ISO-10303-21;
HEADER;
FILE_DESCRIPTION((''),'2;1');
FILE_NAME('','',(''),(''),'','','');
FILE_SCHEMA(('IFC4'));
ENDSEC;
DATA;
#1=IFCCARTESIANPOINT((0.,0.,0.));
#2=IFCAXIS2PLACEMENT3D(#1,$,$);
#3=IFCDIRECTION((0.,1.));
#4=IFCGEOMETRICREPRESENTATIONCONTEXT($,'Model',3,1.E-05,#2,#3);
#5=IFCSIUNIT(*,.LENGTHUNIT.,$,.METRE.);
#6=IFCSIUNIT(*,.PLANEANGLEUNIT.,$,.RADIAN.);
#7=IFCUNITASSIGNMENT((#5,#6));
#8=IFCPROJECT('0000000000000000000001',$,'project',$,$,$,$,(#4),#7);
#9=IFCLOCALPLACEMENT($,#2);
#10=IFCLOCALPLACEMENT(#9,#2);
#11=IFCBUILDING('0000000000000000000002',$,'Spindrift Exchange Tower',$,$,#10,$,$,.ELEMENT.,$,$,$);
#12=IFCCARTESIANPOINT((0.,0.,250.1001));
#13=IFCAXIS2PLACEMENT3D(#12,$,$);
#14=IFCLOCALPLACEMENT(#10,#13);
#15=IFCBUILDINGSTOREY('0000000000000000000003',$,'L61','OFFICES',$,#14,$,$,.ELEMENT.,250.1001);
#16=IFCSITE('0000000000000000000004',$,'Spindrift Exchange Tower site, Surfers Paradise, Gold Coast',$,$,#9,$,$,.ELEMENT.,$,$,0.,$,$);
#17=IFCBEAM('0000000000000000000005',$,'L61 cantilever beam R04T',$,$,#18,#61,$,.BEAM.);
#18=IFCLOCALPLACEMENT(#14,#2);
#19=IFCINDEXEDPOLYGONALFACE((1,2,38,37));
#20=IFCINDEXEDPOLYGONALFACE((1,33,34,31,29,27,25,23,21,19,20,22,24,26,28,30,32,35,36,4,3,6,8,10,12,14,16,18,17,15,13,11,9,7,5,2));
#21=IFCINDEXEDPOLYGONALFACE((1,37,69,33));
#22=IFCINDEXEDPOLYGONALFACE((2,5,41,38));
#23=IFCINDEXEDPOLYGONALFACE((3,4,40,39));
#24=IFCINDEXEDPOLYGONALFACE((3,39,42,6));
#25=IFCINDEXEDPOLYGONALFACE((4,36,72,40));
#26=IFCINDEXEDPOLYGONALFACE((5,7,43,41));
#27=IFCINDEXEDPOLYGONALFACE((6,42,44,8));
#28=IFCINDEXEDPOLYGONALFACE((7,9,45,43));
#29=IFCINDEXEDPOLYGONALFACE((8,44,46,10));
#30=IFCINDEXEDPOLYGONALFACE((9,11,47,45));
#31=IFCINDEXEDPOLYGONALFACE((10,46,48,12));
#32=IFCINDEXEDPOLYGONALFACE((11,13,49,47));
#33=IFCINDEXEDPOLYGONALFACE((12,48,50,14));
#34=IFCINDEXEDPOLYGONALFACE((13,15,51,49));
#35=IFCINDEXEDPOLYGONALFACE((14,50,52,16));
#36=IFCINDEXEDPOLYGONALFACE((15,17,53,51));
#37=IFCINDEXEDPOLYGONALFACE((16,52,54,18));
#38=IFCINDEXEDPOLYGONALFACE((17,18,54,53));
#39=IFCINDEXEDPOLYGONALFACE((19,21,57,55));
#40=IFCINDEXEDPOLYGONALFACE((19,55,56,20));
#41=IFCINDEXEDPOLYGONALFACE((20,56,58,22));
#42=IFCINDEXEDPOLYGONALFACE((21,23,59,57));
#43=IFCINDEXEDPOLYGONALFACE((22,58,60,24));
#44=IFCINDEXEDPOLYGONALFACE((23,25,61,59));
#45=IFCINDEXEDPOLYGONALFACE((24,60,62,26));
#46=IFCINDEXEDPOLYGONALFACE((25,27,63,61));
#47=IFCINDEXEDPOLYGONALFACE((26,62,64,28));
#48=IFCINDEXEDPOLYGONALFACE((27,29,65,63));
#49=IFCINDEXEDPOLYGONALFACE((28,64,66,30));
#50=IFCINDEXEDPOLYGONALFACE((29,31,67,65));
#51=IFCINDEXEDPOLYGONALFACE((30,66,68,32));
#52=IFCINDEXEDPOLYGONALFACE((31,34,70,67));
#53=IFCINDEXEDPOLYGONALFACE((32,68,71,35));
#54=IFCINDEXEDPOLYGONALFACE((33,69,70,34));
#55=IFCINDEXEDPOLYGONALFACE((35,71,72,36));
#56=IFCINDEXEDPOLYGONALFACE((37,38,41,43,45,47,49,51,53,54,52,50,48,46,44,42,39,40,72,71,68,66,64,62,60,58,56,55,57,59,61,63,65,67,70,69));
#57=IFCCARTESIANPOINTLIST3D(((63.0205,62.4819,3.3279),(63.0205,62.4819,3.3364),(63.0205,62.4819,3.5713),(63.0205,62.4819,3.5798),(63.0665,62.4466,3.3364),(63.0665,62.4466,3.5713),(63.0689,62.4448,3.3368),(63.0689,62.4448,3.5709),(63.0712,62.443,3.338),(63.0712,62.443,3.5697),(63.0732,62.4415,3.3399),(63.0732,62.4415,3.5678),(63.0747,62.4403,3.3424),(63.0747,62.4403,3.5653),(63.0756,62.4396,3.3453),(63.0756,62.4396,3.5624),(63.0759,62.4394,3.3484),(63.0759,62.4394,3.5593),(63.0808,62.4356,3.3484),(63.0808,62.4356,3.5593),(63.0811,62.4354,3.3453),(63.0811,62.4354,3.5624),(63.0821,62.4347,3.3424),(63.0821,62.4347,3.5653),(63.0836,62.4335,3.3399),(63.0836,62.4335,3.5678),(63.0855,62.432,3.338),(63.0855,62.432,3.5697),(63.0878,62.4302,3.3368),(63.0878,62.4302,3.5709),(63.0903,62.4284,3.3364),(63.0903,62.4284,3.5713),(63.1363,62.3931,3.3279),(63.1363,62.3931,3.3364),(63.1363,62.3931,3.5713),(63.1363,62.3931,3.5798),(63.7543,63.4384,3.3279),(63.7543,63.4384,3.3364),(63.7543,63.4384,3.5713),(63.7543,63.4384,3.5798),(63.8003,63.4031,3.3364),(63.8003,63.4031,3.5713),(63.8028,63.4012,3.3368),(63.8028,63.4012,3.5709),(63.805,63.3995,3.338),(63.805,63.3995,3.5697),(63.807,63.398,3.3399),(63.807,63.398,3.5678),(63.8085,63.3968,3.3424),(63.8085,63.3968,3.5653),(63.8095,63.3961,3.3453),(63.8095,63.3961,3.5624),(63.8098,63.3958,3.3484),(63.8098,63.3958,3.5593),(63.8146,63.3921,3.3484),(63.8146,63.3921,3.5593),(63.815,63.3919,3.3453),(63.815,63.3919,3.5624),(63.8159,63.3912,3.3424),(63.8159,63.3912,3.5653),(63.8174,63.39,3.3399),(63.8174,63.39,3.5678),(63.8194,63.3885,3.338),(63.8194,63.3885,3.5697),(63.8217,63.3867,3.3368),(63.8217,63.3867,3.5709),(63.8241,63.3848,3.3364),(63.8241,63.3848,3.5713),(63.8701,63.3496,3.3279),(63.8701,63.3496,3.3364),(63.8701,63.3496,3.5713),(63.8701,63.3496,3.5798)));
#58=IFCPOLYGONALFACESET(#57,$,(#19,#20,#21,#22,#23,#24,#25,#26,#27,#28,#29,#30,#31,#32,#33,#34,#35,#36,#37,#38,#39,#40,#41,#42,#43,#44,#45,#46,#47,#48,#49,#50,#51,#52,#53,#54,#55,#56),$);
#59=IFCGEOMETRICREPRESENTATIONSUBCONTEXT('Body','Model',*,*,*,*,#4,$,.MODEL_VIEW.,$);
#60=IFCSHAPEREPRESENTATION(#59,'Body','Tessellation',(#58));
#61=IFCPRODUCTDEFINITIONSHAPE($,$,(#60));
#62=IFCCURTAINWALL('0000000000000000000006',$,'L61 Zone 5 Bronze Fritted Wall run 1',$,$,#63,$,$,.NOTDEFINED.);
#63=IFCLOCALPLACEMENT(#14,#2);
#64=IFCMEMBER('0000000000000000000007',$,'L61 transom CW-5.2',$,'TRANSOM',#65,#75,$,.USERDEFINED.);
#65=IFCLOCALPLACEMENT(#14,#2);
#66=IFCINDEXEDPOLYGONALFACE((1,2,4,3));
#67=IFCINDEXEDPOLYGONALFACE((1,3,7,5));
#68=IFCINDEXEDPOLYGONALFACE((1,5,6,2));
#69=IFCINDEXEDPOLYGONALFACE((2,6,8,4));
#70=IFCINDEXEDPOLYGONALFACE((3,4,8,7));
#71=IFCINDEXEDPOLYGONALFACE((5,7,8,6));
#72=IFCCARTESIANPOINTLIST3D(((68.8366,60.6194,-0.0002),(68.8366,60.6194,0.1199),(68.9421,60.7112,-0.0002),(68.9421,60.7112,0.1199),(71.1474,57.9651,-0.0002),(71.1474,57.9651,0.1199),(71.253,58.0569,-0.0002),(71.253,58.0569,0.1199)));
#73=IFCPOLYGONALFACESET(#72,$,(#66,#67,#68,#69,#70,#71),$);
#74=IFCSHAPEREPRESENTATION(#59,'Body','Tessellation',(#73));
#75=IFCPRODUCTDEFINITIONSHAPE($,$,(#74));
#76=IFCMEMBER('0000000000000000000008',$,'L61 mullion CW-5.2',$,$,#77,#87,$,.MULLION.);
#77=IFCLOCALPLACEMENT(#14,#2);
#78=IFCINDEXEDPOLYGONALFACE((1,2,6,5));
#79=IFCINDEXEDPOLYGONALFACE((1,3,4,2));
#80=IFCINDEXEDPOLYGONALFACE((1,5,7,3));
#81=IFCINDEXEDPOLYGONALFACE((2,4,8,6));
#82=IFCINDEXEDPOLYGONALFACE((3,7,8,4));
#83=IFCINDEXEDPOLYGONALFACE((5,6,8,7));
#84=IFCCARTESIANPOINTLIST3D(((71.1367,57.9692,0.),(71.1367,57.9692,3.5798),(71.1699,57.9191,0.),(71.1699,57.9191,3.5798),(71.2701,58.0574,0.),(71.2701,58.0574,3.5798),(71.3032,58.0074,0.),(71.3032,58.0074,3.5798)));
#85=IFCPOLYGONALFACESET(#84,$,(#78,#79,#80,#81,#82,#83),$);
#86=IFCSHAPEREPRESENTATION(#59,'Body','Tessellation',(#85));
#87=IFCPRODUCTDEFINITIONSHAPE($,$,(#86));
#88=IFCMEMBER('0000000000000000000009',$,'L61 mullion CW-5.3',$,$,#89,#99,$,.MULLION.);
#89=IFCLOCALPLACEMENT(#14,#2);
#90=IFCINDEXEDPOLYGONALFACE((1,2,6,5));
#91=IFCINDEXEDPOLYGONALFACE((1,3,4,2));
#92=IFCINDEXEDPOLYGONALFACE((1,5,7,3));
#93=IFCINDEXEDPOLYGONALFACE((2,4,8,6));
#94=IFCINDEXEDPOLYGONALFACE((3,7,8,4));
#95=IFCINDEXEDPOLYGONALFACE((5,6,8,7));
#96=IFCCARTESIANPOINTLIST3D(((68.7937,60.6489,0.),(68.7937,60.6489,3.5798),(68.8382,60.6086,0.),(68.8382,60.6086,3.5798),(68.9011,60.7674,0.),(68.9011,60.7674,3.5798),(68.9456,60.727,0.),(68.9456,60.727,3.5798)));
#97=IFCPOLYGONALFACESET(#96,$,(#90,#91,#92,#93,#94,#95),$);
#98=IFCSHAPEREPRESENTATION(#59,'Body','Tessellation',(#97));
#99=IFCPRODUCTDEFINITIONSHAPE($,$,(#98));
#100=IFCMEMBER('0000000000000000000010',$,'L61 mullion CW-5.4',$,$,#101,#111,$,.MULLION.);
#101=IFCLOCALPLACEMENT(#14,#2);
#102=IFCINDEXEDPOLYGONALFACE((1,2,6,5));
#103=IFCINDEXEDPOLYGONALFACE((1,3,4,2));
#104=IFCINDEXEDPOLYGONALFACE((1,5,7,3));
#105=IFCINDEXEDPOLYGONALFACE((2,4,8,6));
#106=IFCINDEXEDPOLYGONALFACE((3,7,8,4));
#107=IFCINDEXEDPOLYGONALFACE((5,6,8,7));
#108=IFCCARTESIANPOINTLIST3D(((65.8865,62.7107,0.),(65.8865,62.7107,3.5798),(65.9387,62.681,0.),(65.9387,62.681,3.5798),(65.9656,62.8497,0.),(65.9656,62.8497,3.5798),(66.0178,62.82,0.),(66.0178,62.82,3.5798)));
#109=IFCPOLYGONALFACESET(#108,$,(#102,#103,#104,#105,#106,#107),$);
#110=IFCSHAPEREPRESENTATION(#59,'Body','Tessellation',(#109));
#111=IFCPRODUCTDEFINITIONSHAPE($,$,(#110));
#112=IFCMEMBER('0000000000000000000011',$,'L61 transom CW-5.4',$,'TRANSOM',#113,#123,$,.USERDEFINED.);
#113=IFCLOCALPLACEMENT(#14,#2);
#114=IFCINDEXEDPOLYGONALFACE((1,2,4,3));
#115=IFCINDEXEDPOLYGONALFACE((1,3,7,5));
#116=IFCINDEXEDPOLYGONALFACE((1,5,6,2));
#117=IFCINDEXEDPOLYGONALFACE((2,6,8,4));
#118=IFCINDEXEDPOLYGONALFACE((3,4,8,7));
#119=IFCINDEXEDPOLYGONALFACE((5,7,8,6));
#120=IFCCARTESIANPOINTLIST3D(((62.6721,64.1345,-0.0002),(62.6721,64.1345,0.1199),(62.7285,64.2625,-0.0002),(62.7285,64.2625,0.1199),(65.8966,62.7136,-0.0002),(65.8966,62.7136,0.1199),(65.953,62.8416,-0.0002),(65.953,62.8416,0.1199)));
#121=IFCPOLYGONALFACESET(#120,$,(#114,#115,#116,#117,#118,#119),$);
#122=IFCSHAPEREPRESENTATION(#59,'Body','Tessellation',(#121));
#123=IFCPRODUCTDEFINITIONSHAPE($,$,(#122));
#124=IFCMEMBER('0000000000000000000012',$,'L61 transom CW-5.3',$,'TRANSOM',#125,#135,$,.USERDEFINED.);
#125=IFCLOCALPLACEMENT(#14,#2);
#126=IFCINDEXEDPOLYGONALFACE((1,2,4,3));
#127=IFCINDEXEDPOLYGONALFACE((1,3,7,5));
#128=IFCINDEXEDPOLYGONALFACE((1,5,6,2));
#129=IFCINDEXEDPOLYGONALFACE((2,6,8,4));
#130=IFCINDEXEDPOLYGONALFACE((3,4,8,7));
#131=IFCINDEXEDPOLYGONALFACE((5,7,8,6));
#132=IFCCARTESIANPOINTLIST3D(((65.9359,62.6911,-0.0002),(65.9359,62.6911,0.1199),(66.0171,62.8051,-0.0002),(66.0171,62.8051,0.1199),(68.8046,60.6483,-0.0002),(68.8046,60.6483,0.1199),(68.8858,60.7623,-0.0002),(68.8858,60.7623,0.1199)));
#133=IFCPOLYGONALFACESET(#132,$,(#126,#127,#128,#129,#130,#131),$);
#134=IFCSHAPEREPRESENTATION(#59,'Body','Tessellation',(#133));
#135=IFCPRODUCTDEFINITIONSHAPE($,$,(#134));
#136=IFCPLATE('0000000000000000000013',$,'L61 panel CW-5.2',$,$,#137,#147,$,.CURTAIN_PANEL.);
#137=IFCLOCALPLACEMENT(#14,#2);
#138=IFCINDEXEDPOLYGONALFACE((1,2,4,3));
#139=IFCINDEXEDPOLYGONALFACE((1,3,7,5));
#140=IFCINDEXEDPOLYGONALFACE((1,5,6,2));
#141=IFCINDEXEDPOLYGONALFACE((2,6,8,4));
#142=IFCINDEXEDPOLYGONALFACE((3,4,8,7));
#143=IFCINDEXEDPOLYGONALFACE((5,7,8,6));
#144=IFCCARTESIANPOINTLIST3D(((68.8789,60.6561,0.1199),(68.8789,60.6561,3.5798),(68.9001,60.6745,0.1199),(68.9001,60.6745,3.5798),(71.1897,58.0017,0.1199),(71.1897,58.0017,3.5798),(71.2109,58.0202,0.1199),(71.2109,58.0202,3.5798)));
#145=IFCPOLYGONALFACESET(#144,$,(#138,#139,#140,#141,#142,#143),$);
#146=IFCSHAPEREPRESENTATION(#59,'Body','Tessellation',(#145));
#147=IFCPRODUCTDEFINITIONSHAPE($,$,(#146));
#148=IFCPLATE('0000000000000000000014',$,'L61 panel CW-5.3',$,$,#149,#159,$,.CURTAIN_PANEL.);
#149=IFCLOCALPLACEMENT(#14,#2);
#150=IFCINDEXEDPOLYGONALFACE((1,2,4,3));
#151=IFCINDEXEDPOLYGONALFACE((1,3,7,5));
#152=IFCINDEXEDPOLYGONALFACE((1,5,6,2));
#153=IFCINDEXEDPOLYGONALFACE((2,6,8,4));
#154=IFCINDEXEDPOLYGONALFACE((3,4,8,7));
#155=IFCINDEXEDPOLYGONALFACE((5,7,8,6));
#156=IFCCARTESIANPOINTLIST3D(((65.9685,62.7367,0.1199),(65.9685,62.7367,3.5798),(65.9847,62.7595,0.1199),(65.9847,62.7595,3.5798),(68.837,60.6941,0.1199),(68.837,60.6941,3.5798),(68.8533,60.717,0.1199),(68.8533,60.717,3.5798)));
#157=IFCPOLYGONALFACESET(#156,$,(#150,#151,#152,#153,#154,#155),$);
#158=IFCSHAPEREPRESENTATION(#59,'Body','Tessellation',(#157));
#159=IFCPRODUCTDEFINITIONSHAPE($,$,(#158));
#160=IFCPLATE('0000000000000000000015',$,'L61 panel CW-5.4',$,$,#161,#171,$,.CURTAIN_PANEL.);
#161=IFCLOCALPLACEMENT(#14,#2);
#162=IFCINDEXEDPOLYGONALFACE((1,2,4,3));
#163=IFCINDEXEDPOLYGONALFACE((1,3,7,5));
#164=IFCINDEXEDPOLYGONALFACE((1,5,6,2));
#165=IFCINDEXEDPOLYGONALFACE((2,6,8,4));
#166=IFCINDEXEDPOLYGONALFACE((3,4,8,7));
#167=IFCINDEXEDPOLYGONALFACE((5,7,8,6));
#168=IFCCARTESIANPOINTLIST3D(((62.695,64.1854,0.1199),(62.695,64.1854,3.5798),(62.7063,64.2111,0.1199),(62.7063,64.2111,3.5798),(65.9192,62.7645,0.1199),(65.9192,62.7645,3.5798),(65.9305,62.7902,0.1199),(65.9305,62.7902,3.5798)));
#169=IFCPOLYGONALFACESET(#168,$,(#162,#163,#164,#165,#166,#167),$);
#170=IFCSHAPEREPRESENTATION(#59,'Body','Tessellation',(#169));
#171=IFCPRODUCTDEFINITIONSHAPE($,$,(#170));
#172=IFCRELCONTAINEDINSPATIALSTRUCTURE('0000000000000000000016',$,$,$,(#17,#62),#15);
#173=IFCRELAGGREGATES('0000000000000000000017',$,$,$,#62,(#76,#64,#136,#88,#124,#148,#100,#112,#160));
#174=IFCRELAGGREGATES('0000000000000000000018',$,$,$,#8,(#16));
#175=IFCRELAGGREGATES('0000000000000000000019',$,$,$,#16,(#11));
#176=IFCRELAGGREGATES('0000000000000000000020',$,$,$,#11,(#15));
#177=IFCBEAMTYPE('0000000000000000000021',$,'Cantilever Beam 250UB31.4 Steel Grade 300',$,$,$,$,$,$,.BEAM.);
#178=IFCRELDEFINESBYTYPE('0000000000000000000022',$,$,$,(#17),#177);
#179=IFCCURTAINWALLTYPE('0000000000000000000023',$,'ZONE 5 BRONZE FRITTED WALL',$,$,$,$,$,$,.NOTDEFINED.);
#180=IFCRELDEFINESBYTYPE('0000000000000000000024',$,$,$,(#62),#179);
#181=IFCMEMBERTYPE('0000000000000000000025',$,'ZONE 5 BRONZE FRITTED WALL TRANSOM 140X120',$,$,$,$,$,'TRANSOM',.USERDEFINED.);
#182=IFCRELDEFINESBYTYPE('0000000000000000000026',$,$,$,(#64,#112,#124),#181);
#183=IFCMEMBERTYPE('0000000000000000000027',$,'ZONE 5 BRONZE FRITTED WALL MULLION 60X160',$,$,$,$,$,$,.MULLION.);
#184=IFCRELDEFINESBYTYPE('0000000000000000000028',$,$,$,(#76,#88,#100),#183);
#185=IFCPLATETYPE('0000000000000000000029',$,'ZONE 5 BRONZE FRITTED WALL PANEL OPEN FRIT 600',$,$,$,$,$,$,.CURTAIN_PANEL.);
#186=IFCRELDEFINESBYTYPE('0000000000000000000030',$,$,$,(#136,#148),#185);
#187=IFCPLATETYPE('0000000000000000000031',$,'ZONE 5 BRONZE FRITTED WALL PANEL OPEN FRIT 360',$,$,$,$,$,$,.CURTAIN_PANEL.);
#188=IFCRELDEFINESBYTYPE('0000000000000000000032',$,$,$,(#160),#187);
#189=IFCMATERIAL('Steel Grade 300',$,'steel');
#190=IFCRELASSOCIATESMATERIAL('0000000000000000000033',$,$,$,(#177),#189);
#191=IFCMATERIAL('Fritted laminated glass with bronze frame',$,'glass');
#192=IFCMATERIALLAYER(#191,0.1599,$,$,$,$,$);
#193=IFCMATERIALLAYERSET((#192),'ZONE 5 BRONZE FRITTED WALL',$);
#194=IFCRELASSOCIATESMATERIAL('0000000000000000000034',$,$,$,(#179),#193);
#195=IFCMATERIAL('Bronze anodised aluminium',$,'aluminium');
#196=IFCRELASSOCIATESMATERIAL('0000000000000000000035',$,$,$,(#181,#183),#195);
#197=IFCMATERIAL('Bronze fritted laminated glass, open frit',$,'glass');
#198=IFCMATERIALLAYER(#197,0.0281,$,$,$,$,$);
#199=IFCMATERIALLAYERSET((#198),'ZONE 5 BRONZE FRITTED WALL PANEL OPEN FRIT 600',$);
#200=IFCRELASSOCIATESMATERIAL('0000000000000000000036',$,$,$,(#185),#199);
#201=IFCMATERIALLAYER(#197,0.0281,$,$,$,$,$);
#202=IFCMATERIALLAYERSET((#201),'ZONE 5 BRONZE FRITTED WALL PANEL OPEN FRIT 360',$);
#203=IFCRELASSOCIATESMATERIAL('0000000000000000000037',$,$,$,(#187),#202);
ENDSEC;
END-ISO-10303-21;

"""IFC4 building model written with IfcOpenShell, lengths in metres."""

from ifc_helpers import new_model, si_unit, direction, frame, origin, origin_2d, place, context, subcontext, project, spatial, rectangle, i_section, extrude, source, transform, mapped, material, layer, layer_set, material_profile, profile_set, type_object, element, aggregate, save


model = new_model("IFC4")

# Units and contexts
model_context = context("Model", 3, precision=1e-05, world=origin(), true_north=direction((0.0, 1.0)))
body_context = subcontext(model_context, "Body", "Model", "MODEL_VIEW")
ifc_project = project(units=[si_unit("LENGTHUNIT", "METRE"), si_unit("PLANEANGLEUNIT", "RADIAN")], contexts=[model_context])

# Site, building, storey
site_placement = place(None, origin())
site = spatial("IfcSite", under=ifc_project, at=site_placement, Name="Spindrift Exchange Tower site, Surfers Paradise, Gold Coast", CompositionType="ELEMENT", RefElevation=0.0)
building_placement = place(site_placement, origin())
building = spatial("IfcBuilding", under=site, at=building_placement, Name="Spindrift Exchange Tower", CompositionType="ELEMENT")
storey_placement = place(building_placement, frame((0.0, 0.0, 250.1001)))
storey = spatial("IfcBuildingStorey", under=building, at=storey_placement, Name="L61", Description="OFFICES", CompositionType="ELEMENT", Elevation=250.1001)

# Beam
ifc_material_1 = material(Name="Steel Grade 300", Category="steel")
ifc_material_profile_1 = material_profile(ifc_material_1, i_section(OverallWidth=0.146, OverallDepth=0.252, WebThickness=0.0061, FlangeThickness=0.0085, FilletRadius=0.012, at=origin_2d()), Name="250UB31.4")
ifc_profile_set_1 = profile_set([ifc_material_profile_1], Name="Steel Grade 300")
beam_type_1 = type_object("IfcBeamType", Name="Cantilever Beam 250UB31.4 Steel Grade 300", PredefinedType="BEAM", material=ifc_profile_set_1)
shared_shape_1 = source(origin(), body_context, "Body", "SweptSolid", [
    extrude(i_section(OverallWidth=0.146, OverallDepth=0.252, WebThickness=0.0061, FlangeThickness=0.0085, FilletRadius=0.012, at=origin_2d()), origin(), (0.0, 0.0, 1.0), 1.2056),
])
beam_1_placement = place(storey_placement, frame((63.0784, 62.4375, 3.4539), z_axis=(0.608712, 0.793391, 0.0), x_axis=(-0.793391, 0.608712, 0.0)))
element("IfcBeam", 1, at=beam_1_placement, inside=storey, type_object=beam_type_1, Name="L61 cantilever beam R04T", PredefinedType="BEAM", context=body_context, shape_type="MappedRepresentation", body=[
    mapped(shared_shape_1, transform((0.0, 0.0, 0.0), scale=1.0)),
])

# Curtain wall, members, plates
ifc_material_2 = material(Name="Fritted laminated glass with bronze frame", Category="glass")
ifc_layer_1 = layer(ifc_material_2, 0.1599)
ifc_layer_set_1 = layer_set([ifc_layer_1], Name="ZONE 5 BRONZE FRITTED WALL")
curtain_wall_type = type_object("IfcCurtainWallType", Name="ZONE 5 BRONZE FRITTED WALL", PredefinedType="NOTDEFINED", material=ifc_layer_set_1)
curtain_wall_placement = place(storey_placement, origin())
curtain_wall = element("IfcCurtainWall", 2, at=curtain_wall_placement, inside=storey, type_object=curtain_wall_type, Name="L61 Zone 5 Bronze Fritted Wall run 1", PredefinedType="NOTDEFINED")
ifc_material_3 = material(Name="Bronze anodised aluminium", Category="aluminium")
ifc_material_profile_2 = material_profile(ifc_material_3, rectangle(XDim=0.1399, YDim=0.1201, at=origin_2d()), Name="ZONE 5 BRONZE FRITTED WALL TRANSOM 140X120")
ifc_profile_set_2 = profile_set([ifc_material_profile_2], Name="Bronze anodised aluminium")
member_type_1 = type_object("IfcMemberType", Name="ZONE 5 BRONZE FRITTED WALL TRANSOM 140X120", ElementType="TRANSOM", PredefinedType="USERDEFINED", material=ifc_profile_set_2)
shared_shape_2 = source(origin(), body_context, "Body", "SweptSolid", [
    extrude(rectangle(XDim=0.1399, YDim=0.1201, at=origin_2d()), origin(), (0.0, 0.0, 1.0), 3.5193),
])
member_1_placement = place(storey_placement, frame((71.2002, 58.011, 0.0598), z_axis=(-0.656617, 0.754225, 0.0), x_axis=(-0.754225, -0.656617, 0.0)))
member_1 = element("IfcMember", 3, at=member_1_placement, type_object=member_type_1, Name="L61 transom CW-5.2", ObjectType="TRANSOM", PredefinedType="USERDEFINED", context=body_context, shape_type="MappedRepresentation", body=[
    mapped(shared_shape_2, transform((0.0, 0.0, 0.0), scale=1.0)),
])
ifc_material_profile_3 = material_profile(ifc_material_3, rectangle(XDim=0.0601, YDim=0.1599, at=origin_2d()), Name="ZONE 5 BRONZE FRITTED WALL MULLION 60X160")
ifc_profile_set_3 = profile_set([ifc_material_profile_3], Name="Bronze anodised aluminium")
member_type_2 = type_object("IfcMemberType", Name="ZONE 5 BRONZE FRITTED WALL MULLION 60X160", PredefinedType="MULLION", material=ifc_profile_set_3)
shared_shape_3 = source(origin(), body_context, "Body", "SweptSolid", [
    extrude(rectangle(XDim=0.0601, YDim=0.1599, at=origin_2d()), origin(), (0.0, 0.0, 1.0), 3.5798),
])
member_2_placement = place(storey_placement, frame((71.22, 57.9883, 0.0), z_axis=(0.0, 0.0, 1.0), x_axis=(-0.551752, 0.834008, 0.0)))
member_2 = element("IfcMember", 4, at=member_2_placement, type_object=member_type_2, Name="L61 mullion CW-5.2", PredefinedType="MULLION", context=body_context, shape_type="MappedRepresentation", body=[
    mapped(shared_shape_3, transform((0.0, 0.0, 0.0), scale=1.0)),
])
member_3_placement = place(storey_placement, frame((68.8696, 60.688, 0.0), z_axis=(0.0, 0.0, 1.0), x_axis=(-0.740742, 0.67179, 0.0)))
member_3 = element("IfcMember", 5, at=member_3_placement, type_object=member_type_2, Name="L61 mullion CW-5.3", PredefinedType="MULLION", context=body_context, shape_type="MappedRepresentation", body=[
    mapped(shared_shape_3, transform((0.0, 0.0, 0.0), scale=1.0)),
])
member_4_placement = place(storey_placement, frame((65.9521, 62.7654, 0.0), z_axis=(0.0, 0.0, 1.0), x_axis=(-0.869341, 0.494213, 0.0)))
member_4 = element("IfcMember", 6, at=member_4_placement, type_object=member_type_2, Name="L61 mullion CW-5.4", PredefinedType="MULLION", context=body_context, shape_type="MappedRepresentation", body=[
    mapped(shared_shape_3, transform((0.0, 0.0, 0.0), scale=1.0)),
])
shared_shape_4 = source(origin(), body_context, "Body", "SweptSolid", [
    extrude(rectangle(XDim=0.1399, YDim=0.1201, at=origin_2d()), origin(), (0.0, 0.0, 1.0), 3.5237),
])
member_5_placement = place(storey_placement, frame((65.9248, 62.7776, 0.0598), z_axis=(-0.915087, 0.403256, 0.0), x_axis=(-0.403256, -0.915087, 0.0)))
member_5 = element("IfcMember", 7, at=member_5_placement, type_object=member_type_1, Name="L61 transom CW-5.4", ObjectType="TRANSOM", PredefinedType="USERDEFINED", context=body_context, shape_type="MappedRepresentation", body=[
    mapped(shared_shape_4, transform((0.0, 0.0, 0.0), scale=1.0)),
])
shared_shape_5 = source(origin(), body_context, "Body", "SweptSolid", [
    extrude(rectangle(XDim=0.1399, YDim=0.1201, at=origin_2d()), origin(), (0.0, 0.0, 1.0), 3.5217),
])
member_6_placement = place(storey_placement, frame((68.8452, 60.7053, 0.0598), z_axis=(-0.81458, 0.580051, 0.0), x_axis=(-0.580051, -0.81458, 0.0)))
member_6 = element("IfcMember", 8, at=member_6_placement, type_object=member_type_1, Name="L61 transom CW-5.3", ObjectType="TRANSOM", PredefinedType="USERDEFINED", context=body_context, shape_type="MappedRepresentation", body=[
    mapped(shared_shape_5, transform((0.0, 0.0, 0.0), scale=1.0)),
])
ifc_material_4 = material(Name="Bronze fritted laminated glass, open frit", Category="glass")
ifc_layer_2 = layer(ifc_material_4, 0.0281)
ifc_layer_set_2 = layer_set([ifc_layer_2], Name="ZONE 5 BRONZE FRITTED WALL PANEL OPEN FRIT 600")
plate_type_1 = type_object("IfcPlateType", Name="ZONE 5 BRONZE FRITTED WALL PANEL OPEN FRIT 600", PredefinedType="CURTAIN_PANEL", material=ifc_layer_set_2)
shared_shape_6 = source(origin(), body_context, "Body", "SweptSolid", [
    extrude(rectangle(XDim=3.5193, YDim=0.0281, at=origin_2d()), origin(), (0.0, 0.0, 1.0), 3.46),
])
plate_1_placement = place(storey_placement, frame((70.0449, 59.3381, 0.1199), z_axis=(0.0, 0.0, 1.0), x_axis=(-0.656612, 0.754228, 0.0)))
plate_1 = element("IfcPlate", 9, at=plate_1_placement, type_object=plate_type_1, Name="L61 panel CW-5.2", PredefinedType="CURTAIN_PANEL", context=body_context, shape_type="MappedRepresentation", body=[
    mapped(shared_shape_6, transform((0.0, 0.0, 0.0), scale=1.0)),
])
shared_shape_7 = source(origin(), body_context, "Body", "SweptSolid", [
    extrude(rectangle(XDim=3.5215, YDim=0.0281, at=origin_2d()), origin(), (0.0, 0.0, 1.0), 3.46),
])
plate_2_placement = place(storey_placement, frame((67.4109, 61.7268, 0.1199), z_axis=(0.0, 0.0, 1.0), x_axis=(-0.814595, 0.580031, 0.0)))
plate_2 = element("IfcPlate", 10, at=plate_2_placement, type_object=plate_type_1, Name="L61 panel CW-5.3", PredefinedType="CURTAIN_PANEL", context=body_context, shape_type="MappedRepresentation", body=[
    mapped(shared_shape_7, transform((0.0, 0.0, 0.0), scale=1.0)),
])
ifc_layer_3 = layer(ifc_material_4, 0.0281)
ifc_layer_set_3 = layer_set([ifc_layer_3], Name="ZONE 5 BRONZE FRITTED WALL PANEL OPEN FRIT 360")
plate_type_2 = type_object("IfcPlateType", Name="ZONE 5 BRONZE FRITTED WALL PANEL OPEN FRIT 360", PredefinedType="CURTAIN_PANEL", material=ifc_layer_set_3)
shared_shape_8 = source(origin(), body_context, "Body", "SweptSolid", [
    extrude(rectangle(XDim=3.5234, YDim=0.0281, at=origin_2d()), origin(), (0.0, 0.0, 1.0), 3.46),
])
plate_3_placement = place(storey_placement, frame((64.3127, 63.4878, 0.1199), z_axis=(0.0, 0.0, 1.0), x_axis=(-0.915079, 0.403275, 0.0)))
plate_3 = element("IfcPlate", 11, at=plate_3_placement, type_object=plate_type_2, Name="L61 panel CW-5.4", PredefinedType="CURTAIN_PANEL", context=body_context, shape_type="MappedRepresentation", body=[
    mapped(shared_shape_8, transform((0.0, 0.0, 0.0), scale=1.0)),
])
aggregate(curtain_wall, [member_2, member_1, plate_1, member_3, member_6, plate_2, member_4, member_5, plate_3])

save(model, "model.ifc")
